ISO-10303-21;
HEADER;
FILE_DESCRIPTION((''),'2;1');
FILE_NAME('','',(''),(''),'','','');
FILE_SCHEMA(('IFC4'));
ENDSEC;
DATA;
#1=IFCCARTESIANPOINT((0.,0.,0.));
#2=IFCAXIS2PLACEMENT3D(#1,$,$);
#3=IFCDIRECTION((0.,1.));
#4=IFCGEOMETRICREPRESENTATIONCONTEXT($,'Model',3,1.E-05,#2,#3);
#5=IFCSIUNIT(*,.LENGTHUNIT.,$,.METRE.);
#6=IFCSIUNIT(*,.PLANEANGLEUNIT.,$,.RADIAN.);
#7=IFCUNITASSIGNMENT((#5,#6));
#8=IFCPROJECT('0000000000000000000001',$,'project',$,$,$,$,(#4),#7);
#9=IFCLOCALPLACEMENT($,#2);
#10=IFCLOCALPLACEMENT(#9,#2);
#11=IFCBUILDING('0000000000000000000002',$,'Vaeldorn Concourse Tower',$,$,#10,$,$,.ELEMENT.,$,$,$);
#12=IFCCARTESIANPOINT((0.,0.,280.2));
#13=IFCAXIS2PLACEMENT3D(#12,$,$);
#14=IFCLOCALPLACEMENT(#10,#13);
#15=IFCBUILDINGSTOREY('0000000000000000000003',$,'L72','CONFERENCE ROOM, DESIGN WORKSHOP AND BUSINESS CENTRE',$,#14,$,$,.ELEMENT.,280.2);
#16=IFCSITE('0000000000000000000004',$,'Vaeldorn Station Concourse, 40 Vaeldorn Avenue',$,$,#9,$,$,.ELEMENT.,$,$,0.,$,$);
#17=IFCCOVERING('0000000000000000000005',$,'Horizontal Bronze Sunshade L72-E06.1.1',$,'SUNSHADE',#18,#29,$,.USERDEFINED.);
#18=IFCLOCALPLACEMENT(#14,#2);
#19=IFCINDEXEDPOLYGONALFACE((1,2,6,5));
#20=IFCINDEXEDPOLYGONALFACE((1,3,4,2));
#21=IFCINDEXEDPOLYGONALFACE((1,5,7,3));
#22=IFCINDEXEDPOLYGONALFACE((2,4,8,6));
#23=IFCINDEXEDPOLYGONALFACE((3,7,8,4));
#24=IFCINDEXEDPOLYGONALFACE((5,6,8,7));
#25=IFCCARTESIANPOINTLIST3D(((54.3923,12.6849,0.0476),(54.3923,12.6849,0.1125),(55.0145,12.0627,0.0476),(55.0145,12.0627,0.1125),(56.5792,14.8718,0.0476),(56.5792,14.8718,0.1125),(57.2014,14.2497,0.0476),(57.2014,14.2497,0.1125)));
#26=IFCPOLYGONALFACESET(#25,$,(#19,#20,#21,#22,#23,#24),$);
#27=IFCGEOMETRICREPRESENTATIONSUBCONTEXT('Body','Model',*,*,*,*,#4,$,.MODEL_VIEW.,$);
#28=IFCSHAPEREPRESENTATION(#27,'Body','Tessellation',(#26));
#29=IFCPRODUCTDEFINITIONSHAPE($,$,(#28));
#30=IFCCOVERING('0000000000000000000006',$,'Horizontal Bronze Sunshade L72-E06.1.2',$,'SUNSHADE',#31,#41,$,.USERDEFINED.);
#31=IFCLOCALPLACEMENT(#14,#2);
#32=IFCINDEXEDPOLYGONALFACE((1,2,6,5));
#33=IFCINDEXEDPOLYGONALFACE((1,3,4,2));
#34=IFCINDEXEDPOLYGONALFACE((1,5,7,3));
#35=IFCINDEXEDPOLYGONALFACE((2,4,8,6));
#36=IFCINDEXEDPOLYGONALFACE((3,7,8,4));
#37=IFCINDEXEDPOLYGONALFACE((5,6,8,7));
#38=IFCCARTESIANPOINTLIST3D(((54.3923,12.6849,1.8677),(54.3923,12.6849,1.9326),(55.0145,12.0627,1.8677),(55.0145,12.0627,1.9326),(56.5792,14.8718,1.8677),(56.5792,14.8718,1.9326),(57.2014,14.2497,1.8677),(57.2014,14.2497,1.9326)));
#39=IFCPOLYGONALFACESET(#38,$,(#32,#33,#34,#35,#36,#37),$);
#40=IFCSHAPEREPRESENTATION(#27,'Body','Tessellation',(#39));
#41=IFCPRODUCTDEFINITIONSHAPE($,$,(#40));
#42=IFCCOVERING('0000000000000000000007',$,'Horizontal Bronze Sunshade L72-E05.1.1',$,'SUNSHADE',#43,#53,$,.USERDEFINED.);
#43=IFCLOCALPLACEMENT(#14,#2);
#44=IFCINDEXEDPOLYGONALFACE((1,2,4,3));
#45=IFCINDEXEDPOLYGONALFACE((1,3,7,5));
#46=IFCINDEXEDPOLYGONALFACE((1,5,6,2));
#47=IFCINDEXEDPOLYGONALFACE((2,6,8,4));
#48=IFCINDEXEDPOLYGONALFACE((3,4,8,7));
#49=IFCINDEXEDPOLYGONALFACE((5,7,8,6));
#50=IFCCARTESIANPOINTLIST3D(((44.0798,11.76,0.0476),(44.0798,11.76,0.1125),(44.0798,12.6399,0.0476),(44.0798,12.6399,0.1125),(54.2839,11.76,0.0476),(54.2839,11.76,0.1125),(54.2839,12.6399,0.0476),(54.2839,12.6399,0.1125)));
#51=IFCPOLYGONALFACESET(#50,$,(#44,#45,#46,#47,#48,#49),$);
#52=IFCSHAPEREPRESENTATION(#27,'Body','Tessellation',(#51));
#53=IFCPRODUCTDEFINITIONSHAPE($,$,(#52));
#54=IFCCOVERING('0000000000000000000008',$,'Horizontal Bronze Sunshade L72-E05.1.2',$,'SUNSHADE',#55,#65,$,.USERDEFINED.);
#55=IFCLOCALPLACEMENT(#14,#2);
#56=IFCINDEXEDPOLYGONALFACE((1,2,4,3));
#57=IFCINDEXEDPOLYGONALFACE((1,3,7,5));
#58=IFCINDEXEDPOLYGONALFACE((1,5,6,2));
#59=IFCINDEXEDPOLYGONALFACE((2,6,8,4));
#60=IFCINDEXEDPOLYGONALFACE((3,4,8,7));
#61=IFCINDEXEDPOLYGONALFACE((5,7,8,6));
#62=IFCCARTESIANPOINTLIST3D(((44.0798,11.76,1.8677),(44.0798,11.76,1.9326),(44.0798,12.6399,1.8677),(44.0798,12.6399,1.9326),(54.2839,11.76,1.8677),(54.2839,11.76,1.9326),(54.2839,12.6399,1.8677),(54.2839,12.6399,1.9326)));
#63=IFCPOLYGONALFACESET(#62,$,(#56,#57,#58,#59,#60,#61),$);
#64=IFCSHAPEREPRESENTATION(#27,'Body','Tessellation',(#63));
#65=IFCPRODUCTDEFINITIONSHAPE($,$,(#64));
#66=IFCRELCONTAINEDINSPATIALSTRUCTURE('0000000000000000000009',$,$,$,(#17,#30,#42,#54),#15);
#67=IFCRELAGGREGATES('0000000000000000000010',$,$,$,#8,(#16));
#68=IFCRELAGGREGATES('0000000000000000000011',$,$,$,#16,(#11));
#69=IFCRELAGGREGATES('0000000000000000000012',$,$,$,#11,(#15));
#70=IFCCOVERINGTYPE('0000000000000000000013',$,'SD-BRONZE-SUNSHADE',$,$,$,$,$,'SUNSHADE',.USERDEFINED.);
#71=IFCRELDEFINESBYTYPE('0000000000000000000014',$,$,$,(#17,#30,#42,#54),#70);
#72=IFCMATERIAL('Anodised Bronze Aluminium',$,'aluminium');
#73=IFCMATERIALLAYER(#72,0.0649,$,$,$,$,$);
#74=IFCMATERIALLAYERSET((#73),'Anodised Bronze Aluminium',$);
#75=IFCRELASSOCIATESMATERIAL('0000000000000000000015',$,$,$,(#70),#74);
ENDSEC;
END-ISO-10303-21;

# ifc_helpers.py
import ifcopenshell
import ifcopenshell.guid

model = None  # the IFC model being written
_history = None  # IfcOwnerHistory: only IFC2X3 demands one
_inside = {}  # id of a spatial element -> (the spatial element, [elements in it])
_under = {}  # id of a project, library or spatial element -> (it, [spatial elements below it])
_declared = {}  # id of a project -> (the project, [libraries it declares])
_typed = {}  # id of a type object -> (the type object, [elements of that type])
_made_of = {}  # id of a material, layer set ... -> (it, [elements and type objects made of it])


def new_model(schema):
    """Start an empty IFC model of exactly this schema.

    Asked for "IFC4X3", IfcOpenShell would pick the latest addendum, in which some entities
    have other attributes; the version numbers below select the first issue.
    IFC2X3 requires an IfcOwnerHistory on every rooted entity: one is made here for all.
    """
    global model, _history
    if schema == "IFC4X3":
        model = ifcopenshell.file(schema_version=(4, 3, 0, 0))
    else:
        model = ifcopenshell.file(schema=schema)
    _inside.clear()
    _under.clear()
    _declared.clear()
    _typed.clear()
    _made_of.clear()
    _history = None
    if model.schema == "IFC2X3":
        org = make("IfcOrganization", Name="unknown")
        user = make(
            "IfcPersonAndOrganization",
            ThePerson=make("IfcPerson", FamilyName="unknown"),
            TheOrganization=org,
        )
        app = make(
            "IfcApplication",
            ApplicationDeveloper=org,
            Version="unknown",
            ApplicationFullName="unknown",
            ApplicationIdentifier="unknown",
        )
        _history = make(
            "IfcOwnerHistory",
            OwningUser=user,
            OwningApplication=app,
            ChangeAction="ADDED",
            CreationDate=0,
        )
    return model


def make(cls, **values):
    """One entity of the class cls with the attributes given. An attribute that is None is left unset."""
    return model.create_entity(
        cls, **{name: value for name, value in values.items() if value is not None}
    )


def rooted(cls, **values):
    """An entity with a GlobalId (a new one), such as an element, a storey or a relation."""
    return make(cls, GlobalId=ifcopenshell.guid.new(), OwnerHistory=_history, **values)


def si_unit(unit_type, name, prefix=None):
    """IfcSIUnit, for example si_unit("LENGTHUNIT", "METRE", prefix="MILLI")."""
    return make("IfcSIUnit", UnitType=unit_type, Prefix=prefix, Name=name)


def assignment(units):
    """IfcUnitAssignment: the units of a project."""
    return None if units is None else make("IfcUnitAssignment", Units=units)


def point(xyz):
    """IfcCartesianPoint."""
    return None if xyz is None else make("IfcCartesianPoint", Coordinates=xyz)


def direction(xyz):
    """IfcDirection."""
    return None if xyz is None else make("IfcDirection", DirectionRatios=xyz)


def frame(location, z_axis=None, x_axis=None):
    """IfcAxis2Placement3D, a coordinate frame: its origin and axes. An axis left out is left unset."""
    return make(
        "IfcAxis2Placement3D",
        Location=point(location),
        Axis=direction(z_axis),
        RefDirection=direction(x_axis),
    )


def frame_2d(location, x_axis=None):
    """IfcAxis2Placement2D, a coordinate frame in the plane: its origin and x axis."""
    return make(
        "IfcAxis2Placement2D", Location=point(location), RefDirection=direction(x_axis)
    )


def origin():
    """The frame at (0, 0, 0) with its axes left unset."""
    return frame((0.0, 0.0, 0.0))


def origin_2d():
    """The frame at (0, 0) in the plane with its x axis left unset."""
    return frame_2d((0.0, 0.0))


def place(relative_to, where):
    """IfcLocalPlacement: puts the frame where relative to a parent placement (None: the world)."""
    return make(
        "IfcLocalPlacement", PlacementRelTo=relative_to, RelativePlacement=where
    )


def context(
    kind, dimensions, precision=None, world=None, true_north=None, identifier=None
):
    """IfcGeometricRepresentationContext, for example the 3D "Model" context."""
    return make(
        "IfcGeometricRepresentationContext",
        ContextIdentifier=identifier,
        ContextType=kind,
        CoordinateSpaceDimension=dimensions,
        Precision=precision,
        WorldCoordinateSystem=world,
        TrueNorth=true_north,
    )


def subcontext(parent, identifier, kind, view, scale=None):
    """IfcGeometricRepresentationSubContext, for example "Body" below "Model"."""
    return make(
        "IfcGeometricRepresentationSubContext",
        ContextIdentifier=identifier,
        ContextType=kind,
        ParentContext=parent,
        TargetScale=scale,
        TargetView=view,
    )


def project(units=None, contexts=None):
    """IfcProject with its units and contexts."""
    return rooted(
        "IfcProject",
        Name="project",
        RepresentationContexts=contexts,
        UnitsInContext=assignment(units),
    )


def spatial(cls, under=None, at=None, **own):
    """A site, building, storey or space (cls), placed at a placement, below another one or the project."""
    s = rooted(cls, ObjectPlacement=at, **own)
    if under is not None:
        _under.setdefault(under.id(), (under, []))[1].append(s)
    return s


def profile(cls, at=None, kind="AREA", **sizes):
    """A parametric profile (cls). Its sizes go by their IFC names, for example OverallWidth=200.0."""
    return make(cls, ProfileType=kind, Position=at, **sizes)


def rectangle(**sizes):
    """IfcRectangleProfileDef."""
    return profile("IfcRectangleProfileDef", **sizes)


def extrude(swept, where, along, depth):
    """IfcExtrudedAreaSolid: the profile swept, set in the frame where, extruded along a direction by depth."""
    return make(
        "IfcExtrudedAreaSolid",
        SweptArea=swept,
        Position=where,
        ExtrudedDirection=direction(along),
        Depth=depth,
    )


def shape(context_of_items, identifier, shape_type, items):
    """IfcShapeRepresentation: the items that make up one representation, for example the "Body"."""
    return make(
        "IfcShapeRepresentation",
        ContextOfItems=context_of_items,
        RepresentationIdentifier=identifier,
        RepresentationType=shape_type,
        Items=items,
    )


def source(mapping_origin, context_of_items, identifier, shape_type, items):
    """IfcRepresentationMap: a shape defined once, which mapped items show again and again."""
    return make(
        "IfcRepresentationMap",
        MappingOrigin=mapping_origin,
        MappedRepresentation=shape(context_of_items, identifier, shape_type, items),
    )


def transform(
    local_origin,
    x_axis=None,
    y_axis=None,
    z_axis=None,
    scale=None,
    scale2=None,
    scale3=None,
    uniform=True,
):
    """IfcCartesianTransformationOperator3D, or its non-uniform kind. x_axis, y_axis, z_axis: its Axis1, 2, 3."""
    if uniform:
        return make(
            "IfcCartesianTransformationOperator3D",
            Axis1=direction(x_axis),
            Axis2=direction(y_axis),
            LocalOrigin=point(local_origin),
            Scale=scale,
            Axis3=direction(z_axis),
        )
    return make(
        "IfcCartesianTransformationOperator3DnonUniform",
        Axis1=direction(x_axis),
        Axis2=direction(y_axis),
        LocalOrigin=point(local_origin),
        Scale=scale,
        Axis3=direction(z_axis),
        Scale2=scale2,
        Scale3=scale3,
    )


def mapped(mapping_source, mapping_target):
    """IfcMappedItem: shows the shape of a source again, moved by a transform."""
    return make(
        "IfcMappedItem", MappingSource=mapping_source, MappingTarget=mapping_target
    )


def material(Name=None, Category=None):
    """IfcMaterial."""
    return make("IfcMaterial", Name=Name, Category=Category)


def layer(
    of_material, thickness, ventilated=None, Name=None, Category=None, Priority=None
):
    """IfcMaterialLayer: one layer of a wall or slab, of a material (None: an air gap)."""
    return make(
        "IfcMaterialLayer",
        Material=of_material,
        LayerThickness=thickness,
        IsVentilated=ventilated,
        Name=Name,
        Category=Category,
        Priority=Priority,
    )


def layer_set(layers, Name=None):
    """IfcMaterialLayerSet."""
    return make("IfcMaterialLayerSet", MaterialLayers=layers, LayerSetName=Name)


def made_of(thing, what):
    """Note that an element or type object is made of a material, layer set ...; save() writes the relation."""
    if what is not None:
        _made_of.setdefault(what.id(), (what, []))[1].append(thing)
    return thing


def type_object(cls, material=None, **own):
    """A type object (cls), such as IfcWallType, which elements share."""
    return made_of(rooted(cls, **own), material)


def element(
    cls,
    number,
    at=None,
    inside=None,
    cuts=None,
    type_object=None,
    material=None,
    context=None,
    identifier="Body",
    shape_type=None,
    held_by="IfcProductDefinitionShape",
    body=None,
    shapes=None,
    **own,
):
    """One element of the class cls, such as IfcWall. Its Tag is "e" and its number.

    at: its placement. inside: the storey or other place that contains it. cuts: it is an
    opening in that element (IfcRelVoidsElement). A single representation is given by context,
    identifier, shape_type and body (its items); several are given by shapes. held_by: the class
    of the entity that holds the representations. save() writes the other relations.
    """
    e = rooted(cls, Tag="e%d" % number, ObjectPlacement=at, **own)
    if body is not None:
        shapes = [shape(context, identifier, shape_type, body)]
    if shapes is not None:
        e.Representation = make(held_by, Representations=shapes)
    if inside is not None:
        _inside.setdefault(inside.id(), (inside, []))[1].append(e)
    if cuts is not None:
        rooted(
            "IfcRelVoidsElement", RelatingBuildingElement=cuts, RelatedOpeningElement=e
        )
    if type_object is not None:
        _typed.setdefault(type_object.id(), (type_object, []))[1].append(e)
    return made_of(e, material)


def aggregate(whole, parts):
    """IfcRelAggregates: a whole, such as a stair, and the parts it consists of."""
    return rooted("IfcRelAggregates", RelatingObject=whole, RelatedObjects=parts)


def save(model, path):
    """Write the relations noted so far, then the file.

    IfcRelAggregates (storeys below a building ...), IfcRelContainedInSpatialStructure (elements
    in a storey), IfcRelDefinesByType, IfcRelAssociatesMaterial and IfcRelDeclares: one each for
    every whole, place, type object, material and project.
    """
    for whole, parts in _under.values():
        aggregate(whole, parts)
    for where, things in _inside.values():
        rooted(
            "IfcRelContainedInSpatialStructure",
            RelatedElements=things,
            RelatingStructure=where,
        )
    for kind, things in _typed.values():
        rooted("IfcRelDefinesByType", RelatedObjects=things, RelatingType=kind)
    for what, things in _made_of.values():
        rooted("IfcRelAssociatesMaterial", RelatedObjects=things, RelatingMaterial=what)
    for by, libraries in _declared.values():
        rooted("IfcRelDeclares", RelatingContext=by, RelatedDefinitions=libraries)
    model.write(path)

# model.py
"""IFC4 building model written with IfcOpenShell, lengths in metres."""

from ifc_helpers import new_model, si_unit, direction, frame, origin, origin_2d, place, context, subcontext, project, spatial, rectangle, extrude, source, transform, mapped, material, layer, layer_set, type_object, element, save


model = new_model("IFC4")

# Units and contexts
model_context = context("Model", 3, precision=1e-05, world=origin(), true_north=direction((0.0, 1.0)))
body_context = subcontext(model_context, "Body", "Model", "MODEL_VIEW")
ifc_project = project(units=[si_unit("LENGTHUNIT", "METRE"), si_unit("PLANEANGLEUNIT", "RADIAN")], contexts=[model_context])

# Site, building, storey
site_placement = place(None, origin())
site = spatial("IfcSite", under=ifc_project, at=site_placement, Name="Vaeldorn Station Concourse, 40 Vaeldorn Avenue", CompositionType="ELEMENT", RefElevation=0.0)
building_placement = place(site_placement, origin())
building = spatial("IfcBuilding", under=site, at=building_placement, Name="Vaeldorn Concourse Tower", CompositionType="ELEMENT")
storey_placement = place(building_placement, frame((0.0, 0.0, 280.2)))
storey = spatial("IfcBuildingStorey", under=building, at=storey_placement, Name="L72", Description="CONFERENCE ROOM, DESIGN WORKSHOP AND BUSINESS CENTRE", CompositionType="ELEMENT", Elevation=280.2)

# Shared definitions
ifc_material_1 = material(Name="Anodised Bronze Aluminium", Category="aluminium")

# Coverings
ifc_layer_1 = layer(ifc_material_1, 0.0649)
ifc_layer_set_1 = layer_set([ifc_layer_1], Name="Anodised Bronze Aluminium")
covering_type = type_object("IfcCoveringType", Name="SD-BRONZE-SUNSHADE", ElementType="SUNSHADE", PredefinedType="USERDEFINED", material=ifc_layer_set_1)
shared_shape_1 = source(origin(), body_context, "Body", "SweptSolid", [
    extrude(rectangle(XDim=3.0928, YDim=0.8799, at=origin_2d()), origin(), (0.0, 0.0, 1.0), 0.0649),
])
for number, where, z_axis, x_axis, name in (
    (1, (55.7969, 13.4673, 0.0476), (0.0, 0.0, 1.0), (0.707107, 0.707107, 0.0), "Horizontal Bronze Sunshade L72-E06.1.1"),
    (2, (55.7969, 13.4673, 1.8677), (0.0, 0.0, 1.0), (0.707107, 0.707107, 0.0), "Horizontal Bronze Sunshade L72-E06.1.2"),
):
    element("IfcCovering", number, at=place(storey_placement, frame(where, z_axis=z_axis, x_axis=x_axis)), inside=storey, type_object=covering_type, Name=name, ObjectType="SUNSHADE", PredefinedType="USERDEFINED", context=body_context, shape_type="MappedRepresentation", body=[
        mapped(shared_shape_1, transform((0.0, 0.0, 0.0), scale=1.0)),
    ])
shared_shape_2 = source(origin(), body_context, "Body", "SweptSolid", [
    extrude(rectangle(XDim=10.2041, YDim=0.8799, at=origin_2d()), origin(), (0.0, 0.0, 1.0), 0.0649),
])
for number, where, z_axis, x_axis, name in (
    (3, (49.1819, 12.2, 0.0476), (0.0, 0.0, 1.0), (1.0, 0.0, 0.0), "Horizontal Bronze Sunshade L72-E05.1.1"),
    (4, (49.1819, 12.2, 1.8677), (0.0, 0.0, 1.0), (1.0, 0.0, 0.0), "Horizontal Bronze Sunshade L72-E05.1.2"),
):
    element("IfcCovering", number, at=place(storey_placement, frame(where, z_axis=z_axis, x_axis=x_axis)), inside=storey, type_object=covering_type, Name=name, ObjectType="SUNSHADE", PredefinedType="USERDEFINED", context=body_context, shape_type="MappedRepresentation", body=[
        mapped(shared_shape_2, transform((0.0, 0.0, 0.0), scale=1.0)),
    ])

save(model, "model.ifc")
